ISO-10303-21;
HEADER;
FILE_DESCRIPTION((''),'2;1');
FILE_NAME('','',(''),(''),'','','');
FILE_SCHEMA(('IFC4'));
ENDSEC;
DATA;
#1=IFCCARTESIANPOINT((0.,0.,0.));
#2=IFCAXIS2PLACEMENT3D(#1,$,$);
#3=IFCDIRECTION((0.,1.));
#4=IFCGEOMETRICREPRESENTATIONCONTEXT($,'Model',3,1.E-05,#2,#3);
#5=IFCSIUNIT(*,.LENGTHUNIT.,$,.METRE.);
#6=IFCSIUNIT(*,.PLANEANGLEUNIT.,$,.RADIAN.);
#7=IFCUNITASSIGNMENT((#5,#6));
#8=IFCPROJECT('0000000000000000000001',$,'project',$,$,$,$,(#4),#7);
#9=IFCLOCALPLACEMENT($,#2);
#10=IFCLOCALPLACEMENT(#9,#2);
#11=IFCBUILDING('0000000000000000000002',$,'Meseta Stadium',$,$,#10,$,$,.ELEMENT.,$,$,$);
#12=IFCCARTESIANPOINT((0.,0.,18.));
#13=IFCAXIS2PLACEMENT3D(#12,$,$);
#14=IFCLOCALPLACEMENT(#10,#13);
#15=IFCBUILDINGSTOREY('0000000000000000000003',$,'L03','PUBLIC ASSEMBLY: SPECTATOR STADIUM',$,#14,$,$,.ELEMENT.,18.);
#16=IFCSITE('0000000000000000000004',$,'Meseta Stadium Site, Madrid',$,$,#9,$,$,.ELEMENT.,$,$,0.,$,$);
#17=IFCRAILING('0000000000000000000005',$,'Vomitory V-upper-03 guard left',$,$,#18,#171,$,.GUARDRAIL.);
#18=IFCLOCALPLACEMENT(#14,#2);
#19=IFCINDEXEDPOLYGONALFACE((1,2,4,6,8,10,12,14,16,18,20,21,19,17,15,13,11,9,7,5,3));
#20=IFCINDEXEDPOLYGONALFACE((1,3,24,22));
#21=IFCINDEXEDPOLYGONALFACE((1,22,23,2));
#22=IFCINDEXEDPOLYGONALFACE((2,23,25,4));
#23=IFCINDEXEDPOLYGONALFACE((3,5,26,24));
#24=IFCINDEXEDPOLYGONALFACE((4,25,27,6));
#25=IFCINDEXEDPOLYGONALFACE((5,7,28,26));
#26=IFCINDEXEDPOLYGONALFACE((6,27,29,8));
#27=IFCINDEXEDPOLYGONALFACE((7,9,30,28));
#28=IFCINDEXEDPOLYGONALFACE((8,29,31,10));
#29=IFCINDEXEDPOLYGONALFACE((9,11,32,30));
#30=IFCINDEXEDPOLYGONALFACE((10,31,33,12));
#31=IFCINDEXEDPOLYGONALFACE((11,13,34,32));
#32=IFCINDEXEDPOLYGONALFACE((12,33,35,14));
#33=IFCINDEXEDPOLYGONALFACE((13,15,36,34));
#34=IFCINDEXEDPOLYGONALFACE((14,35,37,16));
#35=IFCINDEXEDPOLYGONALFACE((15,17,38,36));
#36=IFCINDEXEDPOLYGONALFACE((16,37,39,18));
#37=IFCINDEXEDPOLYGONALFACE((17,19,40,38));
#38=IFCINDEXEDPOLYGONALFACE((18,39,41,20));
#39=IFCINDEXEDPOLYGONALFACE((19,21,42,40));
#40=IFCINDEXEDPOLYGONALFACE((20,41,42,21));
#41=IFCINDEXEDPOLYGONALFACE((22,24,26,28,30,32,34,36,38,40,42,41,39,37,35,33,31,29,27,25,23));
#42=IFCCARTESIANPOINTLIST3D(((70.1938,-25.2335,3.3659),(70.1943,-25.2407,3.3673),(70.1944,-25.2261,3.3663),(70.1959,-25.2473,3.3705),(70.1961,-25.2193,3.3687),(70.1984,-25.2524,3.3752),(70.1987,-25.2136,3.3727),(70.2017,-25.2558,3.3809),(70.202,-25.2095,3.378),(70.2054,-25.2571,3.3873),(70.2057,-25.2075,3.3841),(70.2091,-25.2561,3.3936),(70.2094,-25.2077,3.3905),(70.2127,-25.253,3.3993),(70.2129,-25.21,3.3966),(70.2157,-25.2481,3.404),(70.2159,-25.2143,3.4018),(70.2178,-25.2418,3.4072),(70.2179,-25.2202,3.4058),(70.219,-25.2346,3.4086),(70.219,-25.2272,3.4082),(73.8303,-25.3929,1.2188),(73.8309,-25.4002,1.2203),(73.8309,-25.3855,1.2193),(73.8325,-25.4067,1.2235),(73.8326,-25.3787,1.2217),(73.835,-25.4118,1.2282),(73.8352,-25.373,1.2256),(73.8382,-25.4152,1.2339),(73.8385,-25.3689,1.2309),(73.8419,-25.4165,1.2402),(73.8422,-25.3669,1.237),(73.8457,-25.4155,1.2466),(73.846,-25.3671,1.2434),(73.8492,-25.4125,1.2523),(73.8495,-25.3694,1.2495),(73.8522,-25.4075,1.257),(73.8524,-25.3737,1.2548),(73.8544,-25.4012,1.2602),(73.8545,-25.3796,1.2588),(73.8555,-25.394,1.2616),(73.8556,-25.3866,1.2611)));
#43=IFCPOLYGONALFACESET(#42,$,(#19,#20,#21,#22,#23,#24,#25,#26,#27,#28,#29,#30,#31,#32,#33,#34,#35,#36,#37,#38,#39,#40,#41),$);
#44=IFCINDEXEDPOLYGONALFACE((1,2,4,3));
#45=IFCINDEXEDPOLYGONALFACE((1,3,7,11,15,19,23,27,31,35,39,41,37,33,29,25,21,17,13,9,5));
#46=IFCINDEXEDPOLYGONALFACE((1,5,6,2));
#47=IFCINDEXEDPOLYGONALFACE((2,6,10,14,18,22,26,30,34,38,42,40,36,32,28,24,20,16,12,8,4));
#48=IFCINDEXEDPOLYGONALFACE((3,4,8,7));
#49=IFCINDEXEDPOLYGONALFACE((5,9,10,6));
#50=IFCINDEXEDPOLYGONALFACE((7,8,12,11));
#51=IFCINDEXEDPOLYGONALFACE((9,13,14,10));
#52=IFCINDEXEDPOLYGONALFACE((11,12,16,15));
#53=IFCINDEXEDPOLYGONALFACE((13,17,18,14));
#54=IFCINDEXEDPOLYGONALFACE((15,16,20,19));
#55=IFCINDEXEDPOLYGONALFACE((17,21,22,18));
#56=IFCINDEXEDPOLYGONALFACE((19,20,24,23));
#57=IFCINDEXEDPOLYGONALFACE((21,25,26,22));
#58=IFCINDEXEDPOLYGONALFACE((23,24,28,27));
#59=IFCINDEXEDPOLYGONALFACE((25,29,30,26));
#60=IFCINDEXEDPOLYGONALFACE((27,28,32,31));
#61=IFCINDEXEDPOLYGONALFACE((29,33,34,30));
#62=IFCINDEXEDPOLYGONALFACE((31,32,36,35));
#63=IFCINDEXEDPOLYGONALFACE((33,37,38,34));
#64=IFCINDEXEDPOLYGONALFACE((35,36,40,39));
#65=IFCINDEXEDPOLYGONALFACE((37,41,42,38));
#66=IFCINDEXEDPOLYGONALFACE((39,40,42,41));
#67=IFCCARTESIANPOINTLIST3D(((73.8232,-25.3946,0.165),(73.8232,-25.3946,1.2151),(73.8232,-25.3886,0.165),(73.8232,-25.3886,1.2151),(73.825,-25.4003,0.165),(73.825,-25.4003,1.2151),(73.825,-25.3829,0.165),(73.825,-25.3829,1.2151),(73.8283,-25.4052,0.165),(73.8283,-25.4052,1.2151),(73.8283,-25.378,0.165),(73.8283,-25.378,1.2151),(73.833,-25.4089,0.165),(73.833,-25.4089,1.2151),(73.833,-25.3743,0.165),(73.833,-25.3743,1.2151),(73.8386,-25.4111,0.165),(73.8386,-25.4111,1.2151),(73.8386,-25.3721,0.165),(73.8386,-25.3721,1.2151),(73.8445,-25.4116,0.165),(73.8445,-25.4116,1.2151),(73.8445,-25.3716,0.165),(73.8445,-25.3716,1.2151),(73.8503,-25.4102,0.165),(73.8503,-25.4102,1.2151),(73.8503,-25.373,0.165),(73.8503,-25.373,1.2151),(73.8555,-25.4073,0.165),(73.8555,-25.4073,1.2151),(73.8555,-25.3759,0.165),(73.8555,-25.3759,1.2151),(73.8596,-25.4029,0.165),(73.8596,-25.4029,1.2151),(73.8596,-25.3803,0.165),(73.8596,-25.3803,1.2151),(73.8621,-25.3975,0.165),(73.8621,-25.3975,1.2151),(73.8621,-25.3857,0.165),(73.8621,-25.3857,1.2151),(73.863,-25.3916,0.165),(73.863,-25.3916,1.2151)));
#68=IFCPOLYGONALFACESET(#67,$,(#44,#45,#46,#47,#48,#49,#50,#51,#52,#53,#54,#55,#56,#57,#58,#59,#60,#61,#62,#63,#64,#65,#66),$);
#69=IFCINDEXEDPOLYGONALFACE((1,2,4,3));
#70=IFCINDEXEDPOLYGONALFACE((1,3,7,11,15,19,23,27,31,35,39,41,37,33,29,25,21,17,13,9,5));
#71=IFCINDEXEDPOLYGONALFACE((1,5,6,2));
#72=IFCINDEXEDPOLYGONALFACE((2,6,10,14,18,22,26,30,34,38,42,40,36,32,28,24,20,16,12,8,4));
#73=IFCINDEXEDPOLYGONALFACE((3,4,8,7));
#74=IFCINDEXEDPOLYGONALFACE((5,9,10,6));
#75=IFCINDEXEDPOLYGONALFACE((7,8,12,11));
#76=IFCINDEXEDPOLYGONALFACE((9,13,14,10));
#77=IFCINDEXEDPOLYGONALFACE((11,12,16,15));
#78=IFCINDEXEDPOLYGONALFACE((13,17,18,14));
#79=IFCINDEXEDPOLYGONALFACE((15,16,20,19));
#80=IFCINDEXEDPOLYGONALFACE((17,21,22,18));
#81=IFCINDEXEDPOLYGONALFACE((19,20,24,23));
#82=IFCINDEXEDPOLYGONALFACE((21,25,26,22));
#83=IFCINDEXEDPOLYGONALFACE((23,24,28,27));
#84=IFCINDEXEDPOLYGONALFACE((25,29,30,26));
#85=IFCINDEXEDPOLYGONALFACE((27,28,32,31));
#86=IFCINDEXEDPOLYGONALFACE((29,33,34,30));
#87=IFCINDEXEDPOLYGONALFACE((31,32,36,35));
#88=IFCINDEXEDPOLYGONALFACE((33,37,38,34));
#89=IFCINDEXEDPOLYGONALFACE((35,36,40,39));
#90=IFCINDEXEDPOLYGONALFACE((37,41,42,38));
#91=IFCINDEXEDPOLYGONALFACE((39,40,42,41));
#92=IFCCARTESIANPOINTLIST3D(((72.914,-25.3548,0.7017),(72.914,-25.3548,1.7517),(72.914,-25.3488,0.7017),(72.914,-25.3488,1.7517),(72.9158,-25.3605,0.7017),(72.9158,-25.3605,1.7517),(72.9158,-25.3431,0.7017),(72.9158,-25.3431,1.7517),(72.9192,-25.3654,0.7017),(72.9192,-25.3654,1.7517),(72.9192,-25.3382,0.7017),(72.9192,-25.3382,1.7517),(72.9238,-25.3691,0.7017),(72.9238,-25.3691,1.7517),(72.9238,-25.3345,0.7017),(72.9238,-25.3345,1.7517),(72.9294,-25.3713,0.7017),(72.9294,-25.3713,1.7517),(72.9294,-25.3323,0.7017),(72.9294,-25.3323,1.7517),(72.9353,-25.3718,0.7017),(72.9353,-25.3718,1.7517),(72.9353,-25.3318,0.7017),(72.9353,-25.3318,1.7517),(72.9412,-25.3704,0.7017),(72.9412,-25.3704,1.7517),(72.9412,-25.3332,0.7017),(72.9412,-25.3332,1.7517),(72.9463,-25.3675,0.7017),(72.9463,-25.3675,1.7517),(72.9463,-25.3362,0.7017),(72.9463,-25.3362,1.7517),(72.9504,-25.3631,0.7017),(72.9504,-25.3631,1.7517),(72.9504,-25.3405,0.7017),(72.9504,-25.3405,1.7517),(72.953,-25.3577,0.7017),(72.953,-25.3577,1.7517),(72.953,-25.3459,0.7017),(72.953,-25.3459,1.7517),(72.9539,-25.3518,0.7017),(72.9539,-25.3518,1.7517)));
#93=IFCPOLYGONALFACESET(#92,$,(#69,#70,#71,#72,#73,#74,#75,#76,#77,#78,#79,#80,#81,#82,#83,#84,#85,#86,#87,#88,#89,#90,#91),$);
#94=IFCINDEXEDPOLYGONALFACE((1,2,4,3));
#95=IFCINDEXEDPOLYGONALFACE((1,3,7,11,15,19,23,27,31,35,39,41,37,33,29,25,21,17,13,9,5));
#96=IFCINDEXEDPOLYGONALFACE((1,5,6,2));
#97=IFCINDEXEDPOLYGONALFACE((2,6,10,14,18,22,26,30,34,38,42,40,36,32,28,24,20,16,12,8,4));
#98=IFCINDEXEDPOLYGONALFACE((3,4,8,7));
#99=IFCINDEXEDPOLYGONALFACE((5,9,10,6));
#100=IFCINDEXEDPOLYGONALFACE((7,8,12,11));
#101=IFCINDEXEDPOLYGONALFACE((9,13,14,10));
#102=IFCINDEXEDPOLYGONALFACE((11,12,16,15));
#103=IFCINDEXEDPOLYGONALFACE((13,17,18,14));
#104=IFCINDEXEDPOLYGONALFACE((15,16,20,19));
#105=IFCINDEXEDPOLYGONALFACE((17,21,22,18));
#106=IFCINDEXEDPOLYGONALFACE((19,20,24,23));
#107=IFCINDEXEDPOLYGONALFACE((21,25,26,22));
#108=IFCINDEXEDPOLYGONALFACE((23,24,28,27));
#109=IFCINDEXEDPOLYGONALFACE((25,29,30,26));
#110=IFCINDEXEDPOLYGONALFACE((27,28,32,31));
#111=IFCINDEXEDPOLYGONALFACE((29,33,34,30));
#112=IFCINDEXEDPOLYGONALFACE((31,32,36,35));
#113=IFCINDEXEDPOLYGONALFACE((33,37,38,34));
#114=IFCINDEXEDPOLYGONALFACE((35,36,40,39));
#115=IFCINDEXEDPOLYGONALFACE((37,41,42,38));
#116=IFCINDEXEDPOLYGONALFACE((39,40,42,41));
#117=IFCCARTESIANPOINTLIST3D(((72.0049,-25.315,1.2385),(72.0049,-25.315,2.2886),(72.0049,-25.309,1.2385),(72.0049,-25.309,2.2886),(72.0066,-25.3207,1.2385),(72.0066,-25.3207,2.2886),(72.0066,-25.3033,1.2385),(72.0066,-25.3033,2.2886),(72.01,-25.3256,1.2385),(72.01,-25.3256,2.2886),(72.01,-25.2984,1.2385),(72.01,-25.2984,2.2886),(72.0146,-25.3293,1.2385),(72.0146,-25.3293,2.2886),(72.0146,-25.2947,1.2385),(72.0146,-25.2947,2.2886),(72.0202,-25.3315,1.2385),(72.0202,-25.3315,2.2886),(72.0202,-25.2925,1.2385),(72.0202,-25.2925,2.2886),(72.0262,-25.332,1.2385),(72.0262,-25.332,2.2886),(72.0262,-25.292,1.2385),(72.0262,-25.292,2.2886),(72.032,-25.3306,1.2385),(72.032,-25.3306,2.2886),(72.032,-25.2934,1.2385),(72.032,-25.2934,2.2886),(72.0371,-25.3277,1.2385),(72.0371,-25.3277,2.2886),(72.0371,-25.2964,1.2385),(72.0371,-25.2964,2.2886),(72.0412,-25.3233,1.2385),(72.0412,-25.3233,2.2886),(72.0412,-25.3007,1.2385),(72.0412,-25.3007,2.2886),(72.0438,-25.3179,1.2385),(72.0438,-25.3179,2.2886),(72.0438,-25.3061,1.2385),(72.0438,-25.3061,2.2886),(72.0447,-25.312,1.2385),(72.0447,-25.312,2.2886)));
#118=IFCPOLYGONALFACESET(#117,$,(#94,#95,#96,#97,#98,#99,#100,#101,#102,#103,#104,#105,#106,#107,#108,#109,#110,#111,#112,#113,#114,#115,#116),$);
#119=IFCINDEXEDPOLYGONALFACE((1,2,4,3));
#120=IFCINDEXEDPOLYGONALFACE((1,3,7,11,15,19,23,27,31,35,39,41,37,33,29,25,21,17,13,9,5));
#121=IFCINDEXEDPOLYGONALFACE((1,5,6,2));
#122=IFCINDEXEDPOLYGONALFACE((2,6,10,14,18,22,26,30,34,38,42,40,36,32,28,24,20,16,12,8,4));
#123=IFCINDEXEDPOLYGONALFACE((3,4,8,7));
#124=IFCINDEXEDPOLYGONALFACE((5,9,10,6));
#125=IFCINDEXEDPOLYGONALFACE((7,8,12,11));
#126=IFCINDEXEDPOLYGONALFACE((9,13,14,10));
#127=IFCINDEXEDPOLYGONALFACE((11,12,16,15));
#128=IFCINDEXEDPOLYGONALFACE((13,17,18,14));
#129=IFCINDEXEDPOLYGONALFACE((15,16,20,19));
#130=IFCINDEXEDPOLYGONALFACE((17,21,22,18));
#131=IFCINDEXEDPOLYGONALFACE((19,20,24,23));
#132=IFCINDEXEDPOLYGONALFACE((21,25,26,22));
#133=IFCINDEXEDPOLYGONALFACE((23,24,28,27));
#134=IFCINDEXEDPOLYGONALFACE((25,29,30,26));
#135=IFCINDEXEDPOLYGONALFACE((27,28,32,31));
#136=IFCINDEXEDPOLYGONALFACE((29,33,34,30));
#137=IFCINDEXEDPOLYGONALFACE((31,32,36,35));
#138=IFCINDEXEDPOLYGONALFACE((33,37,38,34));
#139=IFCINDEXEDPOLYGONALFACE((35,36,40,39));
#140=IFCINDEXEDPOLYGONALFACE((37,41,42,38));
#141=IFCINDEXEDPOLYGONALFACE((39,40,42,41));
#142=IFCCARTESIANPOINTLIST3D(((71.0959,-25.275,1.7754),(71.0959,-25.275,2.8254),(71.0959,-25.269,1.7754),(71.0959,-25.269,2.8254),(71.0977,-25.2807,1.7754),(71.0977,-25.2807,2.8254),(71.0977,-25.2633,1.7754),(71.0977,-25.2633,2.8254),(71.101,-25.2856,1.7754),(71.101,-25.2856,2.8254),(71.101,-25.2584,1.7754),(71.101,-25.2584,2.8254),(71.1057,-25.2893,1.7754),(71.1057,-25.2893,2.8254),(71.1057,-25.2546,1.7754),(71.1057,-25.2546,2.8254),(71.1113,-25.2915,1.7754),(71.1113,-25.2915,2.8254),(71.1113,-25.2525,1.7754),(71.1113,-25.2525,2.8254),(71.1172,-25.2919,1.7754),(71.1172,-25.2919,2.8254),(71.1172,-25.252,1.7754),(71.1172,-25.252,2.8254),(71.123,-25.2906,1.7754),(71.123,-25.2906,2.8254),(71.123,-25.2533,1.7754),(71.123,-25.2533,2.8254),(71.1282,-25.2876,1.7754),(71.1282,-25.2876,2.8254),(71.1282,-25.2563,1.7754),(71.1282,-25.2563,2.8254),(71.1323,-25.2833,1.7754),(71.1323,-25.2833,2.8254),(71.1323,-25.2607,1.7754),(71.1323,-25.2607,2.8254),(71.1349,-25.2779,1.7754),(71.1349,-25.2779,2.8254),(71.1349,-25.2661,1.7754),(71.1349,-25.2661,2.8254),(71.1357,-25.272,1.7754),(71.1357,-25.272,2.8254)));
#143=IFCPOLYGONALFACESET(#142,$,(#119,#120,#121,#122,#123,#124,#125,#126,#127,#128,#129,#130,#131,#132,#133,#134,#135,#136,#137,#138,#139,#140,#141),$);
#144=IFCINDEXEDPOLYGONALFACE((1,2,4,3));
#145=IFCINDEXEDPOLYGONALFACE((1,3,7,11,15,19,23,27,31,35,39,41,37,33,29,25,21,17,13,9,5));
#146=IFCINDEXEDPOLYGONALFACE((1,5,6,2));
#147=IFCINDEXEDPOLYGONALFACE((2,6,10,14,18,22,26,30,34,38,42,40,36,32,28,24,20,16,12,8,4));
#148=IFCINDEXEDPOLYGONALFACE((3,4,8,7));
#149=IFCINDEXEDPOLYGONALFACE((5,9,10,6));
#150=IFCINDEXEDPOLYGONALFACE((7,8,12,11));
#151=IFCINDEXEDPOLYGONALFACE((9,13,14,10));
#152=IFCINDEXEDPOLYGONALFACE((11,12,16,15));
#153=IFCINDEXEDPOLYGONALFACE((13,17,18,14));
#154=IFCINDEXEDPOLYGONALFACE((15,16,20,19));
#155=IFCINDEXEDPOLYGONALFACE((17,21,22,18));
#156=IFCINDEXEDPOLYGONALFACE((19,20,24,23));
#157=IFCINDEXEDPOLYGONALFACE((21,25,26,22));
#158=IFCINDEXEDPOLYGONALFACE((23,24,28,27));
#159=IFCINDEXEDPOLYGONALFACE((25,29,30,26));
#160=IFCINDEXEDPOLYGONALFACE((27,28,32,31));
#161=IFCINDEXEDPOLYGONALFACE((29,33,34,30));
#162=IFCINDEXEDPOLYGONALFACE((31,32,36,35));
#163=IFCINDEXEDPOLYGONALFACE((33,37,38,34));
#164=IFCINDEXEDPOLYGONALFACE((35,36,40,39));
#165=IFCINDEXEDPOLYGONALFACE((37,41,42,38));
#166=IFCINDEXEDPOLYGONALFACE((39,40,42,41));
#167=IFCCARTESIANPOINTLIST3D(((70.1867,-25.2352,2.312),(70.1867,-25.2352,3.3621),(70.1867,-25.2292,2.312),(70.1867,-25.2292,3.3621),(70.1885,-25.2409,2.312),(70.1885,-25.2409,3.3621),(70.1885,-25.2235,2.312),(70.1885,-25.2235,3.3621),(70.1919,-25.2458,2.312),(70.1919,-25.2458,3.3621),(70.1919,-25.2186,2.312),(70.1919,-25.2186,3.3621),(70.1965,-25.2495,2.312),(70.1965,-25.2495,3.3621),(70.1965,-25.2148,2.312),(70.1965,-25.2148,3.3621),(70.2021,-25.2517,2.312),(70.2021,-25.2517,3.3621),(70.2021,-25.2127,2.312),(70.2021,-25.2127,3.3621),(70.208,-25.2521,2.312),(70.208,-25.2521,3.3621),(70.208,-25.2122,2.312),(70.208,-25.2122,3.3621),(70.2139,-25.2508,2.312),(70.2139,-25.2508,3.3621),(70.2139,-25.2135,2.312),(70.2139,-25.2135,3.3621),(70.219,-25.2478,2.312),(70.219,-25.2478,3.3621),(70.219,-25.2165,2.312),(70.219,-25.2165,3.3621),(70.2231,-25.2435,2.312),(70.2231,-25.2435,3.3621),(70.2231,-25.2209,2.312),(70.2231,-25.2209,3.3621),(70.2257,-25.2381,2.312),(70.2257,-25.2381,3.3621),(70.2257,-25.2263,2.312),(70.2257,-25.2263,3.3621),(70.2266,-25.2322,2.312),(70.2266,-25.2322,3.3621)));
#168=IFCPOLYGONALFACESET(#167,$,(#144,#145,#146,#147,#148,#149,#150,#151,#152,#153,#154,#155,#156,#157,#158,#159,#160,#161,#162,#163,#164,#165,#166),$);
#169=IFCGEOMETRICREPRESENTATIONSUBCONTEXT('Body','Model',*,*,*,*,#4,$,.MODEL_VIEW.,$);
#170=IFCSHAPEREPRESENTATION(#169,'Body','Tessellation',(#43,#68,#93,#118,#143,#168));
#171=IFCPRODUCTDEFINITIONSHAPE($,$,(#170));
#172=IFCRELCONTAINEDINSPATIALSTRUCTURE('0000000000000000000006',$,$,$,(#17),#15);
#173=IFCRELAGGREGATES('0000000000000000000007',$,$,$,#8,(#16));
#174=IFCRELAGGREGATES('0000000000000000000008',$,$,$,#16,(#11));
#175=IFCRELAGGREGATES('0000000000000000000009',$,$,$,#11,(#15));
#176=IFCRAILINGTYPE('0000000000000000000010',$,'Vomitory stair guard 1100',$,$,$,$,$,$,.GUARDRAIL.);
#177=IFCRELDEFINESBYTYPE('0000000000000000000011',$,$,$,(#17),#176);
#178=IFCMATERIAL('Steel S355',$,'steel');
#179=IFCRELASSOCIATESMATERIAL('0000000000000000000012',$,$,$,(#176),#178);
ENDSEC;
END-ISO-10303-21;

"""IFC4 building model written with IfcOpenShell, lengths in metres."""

from ifc_helpers import new_model, si_unit, direction, frame, origin, origin_2d, place, context, subcontext, project, spatial, circle, extrude, material, type_object, element, save


model = new_model("IFC4")

# Units and contexts
model_context = context("Model", 3, precision=1e-05, world=origin(), true_north=direction((0.0, 1.0)))
body_context = subcontext(model_context, "Body", "Model", "MODEL_VIEW")
ifc_project = project(units=[si_unit("LENGTHUNIT", "METRE"), si_unit("PLANEANGLEUNIT", "RADIAN")], contexts=[model_context])

# Site, building, storey
site_placement = place(None, origin())
site = spatial("IfcSite", under=ifc_project, at=site_placement, Name="Meseta Stadium Site, Madrid", CompositionType="ELEMENT", RefElevation=0.0)
building_placement = place(site_placement, origin())
building = spatial("IfcBuilding", under=site, at=building_placement, Name="Meseta Stadium", CompositionType="ELEMENT")
storey_placement = place(building_placement, frame((0.0, 0.0, 18.0)))
storey = spatial("IfcBuildingStorey", under=building, at=storey_placement, Name="L03", Description="PUBLIC ASSEMBLY: SPECTATOR STADIUM", CompositionType="ELEMENT", Elevation=18.0)

# Railing
ifc_material_1 = material(Name="Steel S355", Category="steel")
railing_type_1 = type_object("IfcRailingType", Name="Vomitory stair guard 1100", PredefinedType="GUARDRAIL", material=ifc_material_1)
railing_1_placement = place(storey_placement, frame((73.843, -25.3916, 0.165)))
element("IfcRailing", 1, at=railing_1_placement, inside=storey, type_object=railing_type_1, Name="Vomitory V-upper-03 guard left", PredefinedType="GUARDRAIL", context=body_context, shape_type="SweptSolid", body=[
    extrude(circle(Radius=0.0249, at=origin_2d()), frame((0.0, 0.0, 1.0752), z_axis=(-0.860506, 0.037725, 0.508042), x_axis=(-0.043798, -0.99904, 0.0)), (0.0, 0.0, 1.0), 4.2261),
    extrude(circle(Radius=0.02, at=origin_2d()), origin(), (0.0, 0.0, 1.0), 1.05),
    extrude(circle(Radius=0.02, at=origin_2d()), frame((-0.9092, 0.0398, 0.5366)), (0.0, 0.0, 1.0), 1.05),
    extrude(circle(Radius=0.02, at=origin_2d()), frame((-1.8184, 0.0796, 1.0735)), (0.0, 0.0, 1.0), 1.05),
    extrude(circle(Radius=0.02, at=origin_2d()), frame((-2.7273, 0.1196, 1.6104)), (0.0, 0.0, 1.0), 1.05),
    extrude(circle(Radius=0.02, at=origin_2d()), frame((-3.6365, 0.1594, 2.147)), (0.0, 0.0, 1.0), 1.05),
])

save(model, "model.ifc")
